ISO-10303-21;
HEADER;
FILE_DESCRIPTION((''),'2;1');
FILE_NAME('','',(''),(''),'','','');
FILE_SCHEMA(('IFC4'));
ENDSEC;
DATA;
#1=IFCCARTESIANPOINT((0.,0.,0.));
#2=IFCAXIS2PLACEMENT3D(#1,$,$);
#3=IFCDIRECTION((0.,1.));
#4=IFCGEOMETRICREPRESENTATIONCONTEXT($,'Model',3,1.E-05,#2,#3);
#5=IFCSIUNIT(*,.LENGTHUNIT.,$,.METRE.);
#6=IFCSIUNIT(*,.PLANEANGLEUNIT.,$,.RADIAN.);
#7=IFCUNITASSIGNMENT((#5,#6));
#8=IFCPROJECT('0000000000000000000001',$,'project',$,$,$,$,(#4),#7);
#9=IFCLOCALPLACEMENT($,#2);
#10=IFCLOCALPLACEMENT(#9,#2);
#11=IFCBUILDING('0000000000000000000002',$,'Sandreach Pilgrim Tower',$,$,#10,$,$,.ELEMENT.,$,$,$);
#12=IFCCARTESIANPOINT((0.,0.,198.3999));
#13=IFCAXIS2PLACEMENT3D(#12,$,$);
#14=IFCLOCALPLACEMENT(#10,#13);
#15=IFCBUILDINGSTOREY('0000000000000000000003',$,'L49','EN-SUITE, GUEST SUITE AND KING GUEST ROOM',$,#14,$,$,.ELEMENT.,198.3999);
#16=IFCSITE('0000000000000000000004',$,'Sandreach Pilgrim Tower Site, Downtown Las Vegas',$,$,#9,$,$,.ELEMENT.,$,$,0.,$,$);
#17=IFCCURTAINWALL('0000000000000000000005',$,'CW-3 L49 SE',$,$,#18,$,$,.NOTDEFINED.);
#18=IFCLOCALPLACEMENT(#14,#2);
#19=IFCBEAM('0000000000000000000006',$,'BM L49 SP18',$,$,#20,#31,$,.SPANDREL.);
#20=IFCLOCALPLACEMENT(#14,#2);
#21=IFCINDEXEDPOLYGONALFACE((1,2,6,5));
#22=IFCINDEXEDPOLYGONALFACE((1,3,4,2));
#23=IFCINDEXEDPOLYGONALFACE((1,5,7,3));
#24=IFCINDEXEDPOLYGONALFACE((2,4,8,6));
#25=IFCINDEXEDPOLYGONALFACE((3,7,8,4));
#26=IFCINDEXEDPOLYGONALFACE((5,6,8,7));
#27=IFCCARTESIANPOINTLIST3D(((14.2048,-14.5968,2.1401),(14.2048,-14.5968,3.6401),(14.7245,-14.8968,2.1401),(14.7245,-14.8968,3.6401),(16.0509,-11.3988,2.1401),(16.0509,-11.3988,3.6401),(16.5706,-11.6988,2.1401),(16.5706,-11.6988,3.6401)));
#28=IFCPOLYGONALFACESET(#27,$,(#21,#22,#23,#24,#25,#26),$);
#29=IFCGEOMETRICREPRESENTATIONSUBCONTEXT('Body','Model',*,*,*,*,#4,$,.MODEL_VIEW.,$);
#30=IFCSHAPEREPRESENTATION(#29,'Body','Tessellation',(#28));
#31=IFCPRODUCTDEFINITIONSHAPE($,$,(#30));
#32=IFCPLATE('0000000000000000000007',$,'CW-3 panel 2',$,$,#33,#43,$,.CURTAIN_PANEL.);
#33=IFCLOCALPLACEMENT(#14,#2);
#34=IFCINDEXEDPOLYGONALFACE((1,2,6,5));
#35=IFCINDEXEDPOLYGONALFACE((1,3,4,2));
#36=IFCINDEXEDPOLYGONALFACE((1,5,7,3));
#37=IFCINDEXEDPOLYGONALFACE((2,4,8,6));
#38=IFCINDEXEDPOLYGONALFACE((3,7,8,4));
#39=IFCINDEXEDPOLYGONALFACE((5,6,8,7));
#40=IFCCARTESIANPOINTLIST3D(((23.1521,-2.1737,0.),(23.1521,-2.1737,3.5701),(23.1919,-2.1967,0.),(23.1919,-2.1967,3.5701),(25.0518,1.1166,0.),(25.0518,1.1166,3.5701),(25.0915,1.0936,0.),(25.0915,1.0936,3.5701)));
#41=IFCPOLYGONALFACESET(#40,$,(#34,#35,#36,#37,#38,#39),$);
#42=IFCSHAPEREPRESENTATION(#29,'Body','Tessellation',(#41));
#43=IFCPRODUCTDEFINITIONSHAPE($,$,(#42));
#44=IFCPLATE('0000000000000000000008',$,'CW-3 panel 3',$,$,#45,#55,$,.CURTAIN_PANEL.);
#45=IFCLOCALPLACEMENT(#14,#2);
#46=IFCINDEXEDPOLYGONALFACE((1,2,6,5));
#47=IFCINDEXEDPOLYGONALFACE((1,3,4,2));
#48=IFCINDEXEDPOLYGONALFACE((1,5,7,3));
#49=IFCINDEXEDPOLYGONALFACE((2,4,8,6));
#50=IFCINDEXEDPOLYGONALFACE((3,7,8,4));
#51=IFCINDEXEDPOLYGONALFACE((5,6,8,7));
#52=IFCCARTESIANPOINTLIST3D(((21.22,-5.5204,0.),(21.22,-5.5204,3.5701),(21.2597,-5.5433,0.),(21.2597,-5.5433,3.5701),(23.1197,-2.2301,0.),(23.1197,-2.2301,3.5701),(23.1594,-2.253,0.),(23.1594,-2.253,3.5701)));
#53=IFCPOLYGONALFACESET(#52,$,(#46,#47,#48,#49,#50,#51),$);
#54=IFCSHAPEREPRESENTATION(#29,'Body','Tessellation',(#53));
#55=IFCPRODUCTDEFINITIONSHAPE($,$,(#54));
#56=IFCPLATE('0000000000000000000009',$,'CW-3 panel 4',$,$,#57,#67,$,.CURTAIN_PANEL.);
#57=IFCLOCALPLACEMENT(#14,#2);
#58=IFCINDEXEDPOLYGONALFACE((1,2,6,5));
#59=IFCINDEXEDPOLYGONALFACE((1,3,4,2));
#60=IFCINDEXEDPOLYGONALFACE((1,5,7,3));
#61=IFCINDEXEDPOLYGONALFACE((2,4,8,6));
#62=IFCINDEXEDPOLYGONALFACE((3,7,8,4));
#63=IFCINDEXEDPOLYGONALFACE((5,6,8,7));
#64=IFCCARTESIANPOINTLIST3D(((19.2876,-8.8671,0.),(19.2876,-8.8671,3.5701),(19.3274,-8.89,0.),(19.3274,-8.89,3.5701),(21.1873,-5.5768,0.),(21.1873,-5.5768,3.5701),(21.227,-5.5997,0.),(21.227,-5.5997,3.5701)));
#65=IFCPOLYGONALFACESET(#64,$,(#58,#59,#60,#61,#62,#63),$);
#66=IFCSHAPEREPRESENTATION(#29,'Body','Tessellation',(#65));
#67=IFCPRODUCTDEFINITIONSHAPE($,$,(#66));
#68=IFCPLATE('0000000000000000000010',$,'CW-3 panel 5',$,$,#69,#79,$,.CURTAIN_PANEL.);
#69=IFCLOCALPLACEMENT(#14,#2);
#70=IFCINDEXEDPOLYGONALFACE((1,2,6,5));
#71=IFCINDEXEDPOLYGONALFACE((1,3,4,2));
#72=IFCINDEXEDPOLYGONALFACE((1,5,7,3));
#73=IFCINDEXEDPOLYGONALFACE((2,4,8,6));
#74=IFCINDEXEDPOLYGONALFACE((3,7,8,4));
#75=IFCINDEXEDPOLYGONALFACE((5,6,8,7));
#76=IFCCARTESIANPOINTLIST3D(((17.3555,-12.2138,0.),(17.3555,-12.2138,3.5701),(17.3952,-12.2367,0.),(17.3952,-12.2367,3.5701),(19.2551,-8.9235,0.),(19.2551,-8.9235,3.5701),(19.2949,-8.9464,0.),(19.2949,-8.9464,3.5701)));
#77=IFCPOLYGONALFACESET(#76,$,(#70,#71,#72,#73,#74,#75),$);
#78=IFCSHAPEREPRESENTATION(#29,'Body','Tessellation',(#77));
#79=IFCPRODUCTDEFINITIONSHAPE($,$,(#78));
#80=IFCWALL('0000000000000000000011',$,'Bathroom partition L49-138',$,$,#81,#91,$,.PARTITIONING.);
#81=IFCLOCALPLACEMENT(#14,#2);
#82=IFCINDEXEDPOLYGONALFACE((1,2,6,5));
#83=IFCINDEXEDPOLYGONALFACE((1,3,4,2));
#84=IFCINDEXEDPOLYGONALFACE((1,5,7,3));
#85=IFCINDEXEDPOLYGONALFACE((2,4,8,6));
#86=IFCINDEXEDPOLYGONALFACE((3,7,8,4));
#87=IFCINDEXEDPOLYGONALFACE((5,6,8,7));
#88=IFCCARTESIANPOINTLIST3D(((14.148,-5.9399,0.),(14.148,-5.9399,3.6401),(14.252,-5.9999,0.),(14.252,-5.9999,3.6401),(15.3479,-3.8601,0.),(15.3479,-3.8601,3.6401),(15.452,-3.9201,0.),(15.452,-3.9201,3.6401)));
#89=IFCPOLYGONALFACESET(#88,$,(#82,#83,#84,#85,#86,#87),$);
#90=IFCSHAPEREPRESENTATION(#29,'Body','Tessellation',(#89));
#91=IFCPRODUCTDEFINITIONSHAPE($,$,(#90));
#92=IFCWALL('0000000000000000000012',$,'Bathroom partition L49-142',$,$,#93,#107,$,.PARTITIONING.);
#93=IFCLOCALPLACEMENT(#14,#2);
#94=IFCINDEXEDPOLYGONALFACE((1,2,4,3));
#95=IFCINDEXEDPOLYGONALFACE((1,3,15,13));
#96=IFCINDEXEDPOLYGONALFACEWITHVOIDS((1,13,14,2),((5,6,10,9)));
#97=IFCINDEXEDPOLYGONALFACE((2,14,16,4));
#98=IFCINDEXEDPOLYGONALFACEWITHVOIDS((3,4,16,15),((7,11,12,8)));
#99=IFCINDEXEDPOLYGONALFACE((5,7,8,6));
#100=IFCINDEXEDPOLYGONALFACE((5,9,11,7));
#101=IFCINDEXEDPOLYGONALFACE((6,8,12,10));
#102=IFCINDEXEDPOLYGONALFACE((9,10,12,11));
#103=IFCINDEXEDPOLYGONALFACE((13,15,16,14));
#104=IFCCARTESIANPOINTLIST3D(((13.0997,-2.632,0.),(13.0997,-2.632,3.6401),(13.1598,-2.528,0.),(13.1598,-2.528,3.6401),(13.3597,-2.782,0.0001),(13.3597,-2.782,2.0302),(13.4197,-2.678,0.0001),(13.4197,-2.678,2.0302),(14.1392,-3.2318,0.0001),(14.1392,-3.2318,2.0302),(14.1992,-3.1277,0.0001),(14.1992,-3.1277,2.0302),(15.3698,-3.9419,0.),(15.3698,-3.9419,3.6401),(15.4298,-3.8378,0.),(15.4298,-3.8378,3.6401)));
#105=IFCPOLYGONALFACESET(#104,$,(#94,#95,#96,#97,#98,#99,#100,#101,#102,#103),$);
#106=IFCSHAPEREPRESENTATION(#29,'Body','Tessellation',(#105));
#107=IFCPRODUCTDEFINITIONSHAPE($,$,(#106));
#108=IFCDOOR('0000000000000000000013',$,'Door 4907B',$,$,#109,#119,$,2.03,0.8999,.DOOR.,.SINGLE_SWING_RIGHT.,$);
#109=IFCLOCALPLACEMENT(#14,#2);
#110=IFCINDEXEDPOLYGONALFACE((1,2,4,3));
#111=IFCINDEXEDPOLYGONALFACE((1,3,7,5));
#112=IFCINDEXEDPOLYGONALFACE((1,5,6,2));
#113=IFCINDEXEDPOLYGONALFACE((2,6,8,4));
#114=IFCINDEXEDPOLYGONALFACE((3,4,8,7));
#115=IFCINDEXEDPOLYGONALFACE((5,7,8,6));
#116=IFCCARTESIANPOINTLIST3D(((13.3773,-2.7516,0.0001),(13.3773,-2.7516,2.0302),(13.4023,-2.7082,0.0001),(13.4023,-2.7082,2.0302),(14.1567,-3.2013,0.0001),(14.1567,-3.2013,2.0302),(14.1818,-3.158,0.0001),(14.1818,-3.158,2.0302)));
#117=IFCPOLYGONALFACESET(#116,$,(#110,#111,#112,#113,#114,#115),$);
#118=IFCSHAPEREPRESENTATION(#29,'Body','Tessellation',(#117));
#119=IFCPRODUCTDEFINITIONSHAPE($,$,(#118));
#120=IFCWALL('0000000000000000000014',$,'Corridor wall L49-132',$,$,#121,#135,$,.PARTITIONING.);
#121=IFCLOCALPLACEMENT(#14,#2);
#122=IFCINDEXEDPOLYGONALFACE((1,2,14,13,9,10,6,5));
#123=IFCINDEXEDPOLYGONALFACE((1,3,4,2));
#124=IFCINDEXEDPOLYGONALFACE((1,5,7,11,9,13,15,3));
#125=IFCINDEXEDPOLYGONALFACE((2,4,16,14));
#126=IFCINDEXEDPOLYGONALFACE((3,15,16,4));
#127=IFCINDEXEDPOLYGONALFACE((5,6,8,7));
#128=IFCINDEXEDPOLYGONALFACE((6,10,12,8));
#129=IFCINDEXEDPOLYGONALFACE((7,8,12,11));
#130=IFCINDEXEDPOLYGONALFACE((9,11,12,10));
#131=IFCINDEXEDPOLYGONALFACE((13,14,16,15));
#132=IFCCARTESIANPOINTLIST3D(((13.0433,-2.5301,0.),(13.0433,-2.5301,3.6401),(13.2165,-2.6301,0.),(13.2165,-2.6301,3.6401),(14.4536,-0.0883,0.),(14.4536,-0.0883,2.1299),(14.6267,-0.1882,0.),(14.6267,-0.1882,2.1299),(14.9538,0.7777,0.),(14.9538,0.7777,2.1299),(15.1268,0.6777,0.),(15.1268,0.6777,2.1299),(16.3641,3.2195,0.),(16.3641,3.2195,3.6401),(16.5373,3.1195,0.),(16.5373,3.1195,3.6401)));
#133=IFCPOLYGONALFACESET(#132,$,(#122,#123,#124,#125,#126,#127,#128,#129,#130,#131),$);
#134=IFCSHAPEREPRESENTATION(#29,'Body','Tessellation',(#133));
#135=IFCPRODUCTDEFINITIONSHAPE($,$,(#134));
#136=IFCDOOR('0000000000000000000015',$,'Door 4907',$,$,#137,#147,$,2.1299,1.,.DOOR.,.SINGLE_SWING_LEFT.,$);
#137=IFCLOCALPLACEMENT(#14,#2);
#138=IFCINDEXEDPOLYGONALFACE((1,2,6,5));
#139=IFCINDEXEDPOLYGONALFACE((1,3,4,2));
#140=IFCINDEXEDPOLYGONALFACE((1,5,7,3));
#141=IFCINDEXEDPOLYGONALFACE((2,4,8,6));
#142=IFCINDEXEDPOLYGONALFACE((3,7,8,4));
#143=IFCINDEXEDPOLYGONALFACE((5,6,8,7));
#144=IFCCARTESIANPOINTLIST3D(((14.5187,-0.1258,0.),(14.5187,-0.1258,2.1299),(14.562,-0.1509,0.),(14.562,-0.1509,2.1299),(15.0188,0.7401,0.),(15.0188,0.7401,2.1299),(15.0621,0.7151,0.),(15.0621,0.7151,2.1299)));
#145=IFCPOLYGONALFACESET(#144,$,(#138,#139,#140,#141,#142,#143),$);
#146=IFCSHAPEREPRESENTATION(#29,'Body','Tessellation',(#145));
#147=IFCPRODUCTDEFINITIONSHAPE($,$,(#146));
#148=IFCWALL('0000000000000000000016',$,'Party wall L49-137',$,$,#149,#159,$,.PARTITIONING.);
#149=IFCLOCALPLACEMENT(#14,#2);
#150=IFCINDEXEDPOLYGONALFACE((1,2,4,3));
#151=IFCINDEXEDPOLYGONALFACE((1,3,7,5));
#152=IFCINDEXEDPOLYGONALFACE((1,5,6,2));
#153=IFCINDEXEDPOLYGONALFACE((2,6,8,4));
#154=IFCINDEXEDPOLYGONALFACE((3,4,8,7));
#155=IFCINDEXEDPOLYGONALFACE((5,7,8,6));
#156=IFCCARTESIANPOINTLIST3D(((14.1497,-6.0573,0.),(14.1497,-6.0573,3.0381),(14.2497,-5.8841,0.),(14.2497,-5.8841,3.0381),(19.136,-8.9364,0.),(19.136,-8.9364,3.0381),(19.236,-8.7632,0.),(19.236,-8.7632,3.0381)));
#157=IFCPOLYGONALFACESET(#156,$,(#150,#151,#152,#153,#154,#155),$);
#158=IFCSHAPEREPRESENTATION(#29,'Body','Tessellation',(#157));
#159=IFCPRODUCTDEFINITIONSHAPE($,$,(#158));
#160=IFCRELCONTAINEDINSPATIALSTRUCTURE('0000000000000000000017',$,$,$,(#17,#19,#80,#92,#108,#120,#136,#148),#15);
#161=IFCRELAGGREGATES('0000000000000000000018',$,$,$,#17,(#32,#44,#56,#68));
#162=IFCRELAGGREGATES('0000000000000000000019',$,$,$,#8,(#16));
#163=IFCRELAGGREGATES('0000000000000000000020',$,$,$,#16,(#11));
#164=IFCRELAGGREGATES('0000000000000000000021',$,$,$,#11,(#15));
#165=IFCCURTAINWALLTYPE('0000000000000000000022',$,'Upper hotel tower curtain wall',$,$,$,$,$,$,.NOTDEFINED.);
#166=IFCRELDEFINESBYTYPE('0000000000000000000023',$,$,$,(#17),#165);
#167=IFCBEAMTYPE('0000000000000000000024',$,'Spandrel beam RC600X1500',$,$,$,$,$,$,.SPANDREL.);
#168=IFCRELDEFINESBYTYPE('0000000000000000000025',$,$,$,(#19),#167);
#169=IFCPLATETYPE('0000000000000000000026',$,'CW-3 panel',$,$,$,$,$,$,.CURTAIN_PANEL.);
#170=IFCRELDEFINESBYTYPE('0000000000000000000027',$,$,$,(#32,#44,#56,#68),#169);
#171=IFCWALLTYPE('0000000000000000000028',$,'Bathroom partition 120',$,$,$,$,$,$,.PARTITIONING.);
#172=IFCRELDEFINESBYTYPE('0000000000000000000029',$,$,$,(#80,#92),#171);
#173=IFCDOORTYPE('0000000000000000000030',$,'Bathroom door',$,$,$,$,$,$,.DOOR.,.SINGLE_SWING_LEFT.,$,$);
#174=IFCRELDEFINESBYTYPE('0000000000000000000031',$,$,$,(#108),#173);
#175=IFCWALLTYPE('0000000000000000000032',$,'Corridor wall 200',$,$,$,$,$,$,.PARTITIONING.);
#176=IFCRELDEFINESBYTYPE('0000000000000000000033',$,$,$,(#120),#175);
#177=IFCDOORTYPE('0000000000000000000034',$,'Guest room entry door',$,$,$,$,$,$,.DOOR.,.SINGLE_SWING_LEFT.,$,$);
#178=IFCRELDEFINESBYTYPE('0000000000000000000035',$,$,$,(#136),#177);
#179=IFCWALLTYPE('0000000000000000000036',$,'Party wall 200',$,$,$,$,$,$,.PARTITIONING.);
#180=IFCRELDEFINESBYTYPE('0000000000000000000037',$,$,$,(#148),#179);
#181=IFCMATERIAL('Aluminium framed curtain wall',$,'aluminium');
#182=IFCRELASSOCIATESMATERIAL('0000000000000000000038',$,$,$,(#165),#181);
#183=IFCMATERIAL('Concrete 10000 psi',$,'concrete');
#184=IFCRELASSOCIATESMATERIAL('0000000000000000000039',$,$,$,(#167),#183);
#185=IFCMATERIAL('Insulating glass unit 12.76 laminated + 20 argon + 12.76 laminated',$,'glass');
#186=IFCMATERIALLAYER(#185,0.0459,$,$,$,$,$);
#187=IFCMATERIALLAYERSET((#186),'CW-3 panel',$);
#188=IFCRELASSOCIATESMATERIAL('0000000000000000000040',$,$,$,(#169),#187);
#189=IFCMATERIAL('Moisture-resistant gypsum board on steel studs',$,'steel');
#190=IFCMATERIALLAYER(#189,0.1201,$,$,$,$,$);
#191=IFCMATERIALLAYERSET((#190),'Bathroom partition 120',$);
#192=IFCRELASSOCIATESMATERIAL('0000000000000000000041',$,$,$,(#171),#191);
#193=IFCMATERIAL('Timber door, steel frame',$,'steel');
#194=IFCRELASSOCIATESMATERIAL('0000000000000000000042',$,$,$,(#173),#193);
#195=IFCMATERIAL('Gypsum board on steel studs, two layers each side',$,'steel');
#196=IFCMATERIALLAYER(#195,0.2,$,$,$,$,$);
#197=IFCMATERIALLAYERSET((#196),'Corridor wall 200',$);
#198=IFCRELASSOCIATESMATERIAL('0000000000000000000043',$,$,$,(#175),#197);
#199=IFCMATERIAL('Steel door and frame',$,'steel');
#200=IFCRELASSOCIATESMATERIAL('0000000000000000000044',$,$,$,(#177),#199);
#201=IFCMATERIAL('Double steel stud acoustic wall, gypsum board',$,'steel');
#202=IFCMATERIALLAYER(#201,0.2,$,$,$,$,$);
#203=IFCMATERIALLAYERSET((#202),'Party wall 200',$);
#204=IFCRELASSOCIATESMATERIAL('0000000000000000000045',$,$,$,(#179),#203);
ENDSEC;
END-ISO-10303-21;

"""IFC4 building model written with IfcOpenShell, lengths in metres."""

from ifc_helpers import new_model, si_unit, direction, frame, frame_2d, origin, origin_2d, place, context, subcontext, project, spatial, rectangle, extrude, material, layer, layer_set, material_profile, profile_set, type_object, element, fill, aggregate, save


model = new_model("IFC4")

# Units and contexts
model_context = context("Model", 3, precision=1e-05, world=origin(), true_north=direction((0.0, 1.0)))
body_context = subcontext(model_context, "Body", "Model", "MODEL_VIEW")
ifc_project = project(units=[si_unit("LENGTHUNIT", "METRE"), si_unit("PLANEANGLEUNIT", "RADIAN")], contexts=[model_context])

# Site, building, storey
site_placement = place(None, origin())
site = spatial("IfcSite", under=ifc_project, at=site_placement, Name="Sandreach Pilgrim Tower Site, Downtown Las Vegas", CompositionType="ELEMENT", RefElevation=0.0)
building_placement = place(site_placement, origin())
building = spatial("IfcBuilding", under=site, at=building_placement, Name="Sandreach Pilgrim Tower", CompositionType="ELEMENT")
storey_placement = place(building_placement, frame((0.0, 0.0, 198.3999)))
storey = spatial("IfcBuildingStorey", under=building, at=storey_placement, Name="L49", Description="EN-SUITE, GUEST SUITE AND KING GUEST ROOM", CompositionType="ELEMENT", Elevation=198.3999)

# Curtain wall
ifc_material_1 = material(Name="Aluminium framed curtain wall", Category="aluminium")
curtain_wall_type = type_object("IfcCurtainWallType", Name="Upper hotel tower curtain wall", PredefinedType="NOTDEFINED", material=ifc_material_1)
curtain_wall_placement = place(storey_placement, origin())
curtain_wall = element("IfcCurtainWall", 1, at=curtain_wall_placement, inside=storey, type_object=curtain_wall_type, Name="CW-3 L49 SE", PredefinedType="NOTDEFINED")

# Beam
ifc_material_2 = material(Name="Concrete 10000 psi", Category="concrete")
ifc_material_profile_1 = material_profile(ifc_material_2, rectangle(XDim=0.6001, YDim=1.5, at=origin_2d()), Name="RC600X1500")
ifc_profile_set_1 = profile_set([ifc_material_profile_1], Name="Concrete 10000 psi")
beam_type_1 = type_object("IfcBeamType", Name="Spandrel beam RC600X1500", PredefinedType="SPANDREL", material=ifc_profile_set_1)
for number, where, z_axis, x_axis, name in (
    (2, (16.3108, -11.5488, 2.8901), (-0.499965, -0.866046, 0.0), (0.866046, -0.499965, 0.0), "BM L49 SP18"),
):
    element("IfcBeam", number, at=place(storey_placement, frame(where, z_axis=z_axis, x_axis=x_axis)), inside=storey, type_object=beam_type_1, Name=name, PredefinedType="SPANDREL", context=body_context, shape_type="SweptSolid", body=[
        extrude(rectangle(XDim=0.6001, YDim=1.5, at=origin_2d()), origin(), (0.0, 0.0, 1.0), 3.6926),
    ])

# Plates
ifc_material_3 = material(Name="Insulating glass unit 12.76 laminated + 20 argon + 12.76 laminated", Category="glass")
ifc_layer_1 = layer(ifc_material_3, 0.0459)
ifc_layer_set_1 = layer_set([ifc_layer_1], Name="CW-3 panel")
plate_type = type_object("IfcPlateType", Name="CW-3 panel", PredefinedType="CURTAIN_PANEL", material=ifc_layer_set_1)
plate_1_placement = place(storey_placement, frame((24.1218, -0.54, 0.0), z_axis=(0.0, 0.0, 1.0), x_axis=(-0.5, -0.866025, 0.0)))
plate_1 = element("IfcPlate", 3, at=plate_1_placement, type_object=plate_type, Name="CW-3 panel 2", PredefinedType="CURTAIN_PANEL", context=body_context, shape_type="SweptSolid", body=[
    extrude(rectangle(XDim=3.7993, YDim=0.0459, at=origin_2d()), origin(), (0.0, 0.0, 1.0), 3.5701),
])
plate_2_placement = place(storey_placement, frame((22.1897, -3.8867, 0.0), z_axis=(0.0, 0.0, 1.0), x_axis=(-0.5, -0.866025, 0.0)))
plate_2 = element("IfcPlate", 4, at=plate_2_placement, type_object=plate_type, Name="CW-3 panel 3", PredefinedType="CURTAIN_PANEL", context=body_context, shape_type="SweptSolid", body=[
    extrude(rectangle(XDim=3.7993, YDim=0.0459, at=origin_2d()), origin(), (0.0, 0.0, 1.0), 3.5701),
])
plate_3_placement = place(storey_placement, frame((20.2573, -7.2334, 0.0), z_axis=(0.0, 0.0, 1.0), x_axis=(-0.5, -0.866025, 0.0)))
plate_3 = element("IfcPlate", 5, at=plate_3_placement, type_object=plate_type, Name="CW-3 panel 4", PredefinedType="CURTAIN_PANEL", context=body_context, shape_type="SweptSolid", body=[
    extrude(rectangle(XDim=3.7993, YDim=0.0459, at=origin_2d()), origin(), (0.0, 0.0, 1.0), 3.5701),
])
plate_4_placement = place(storey_placement, frame((18.3252, -10.5801, 0.0), z_axis=(0.0, 0.0, 1.0), x_axis=(-0.5, -0.866025, 0.0)))
plate_4 = element("IfcPlate", 6, at=plate_4_placement, type_object=plate_type, Name="CW-3 panel 5", PredefinedType="CURTAIN_PANEL", context=body_context, shape_type="SweptSolid", body=[
    extrude(rectangle(XDim=3.7993, YDim=0.0459, at=origin_2d()), origin(), (0.0, 0.0, 1.0), 3.5701),
])
aggregate(curtain_wall, [plate_1, plate_2, plate_3, plate_4])

# Wall
ifc_material_4 = material(Name="Moisture-resistant gypsum board on steel studs", Category="steel")
ifc_layer_2 = layer(ifc_material_4, 0.1201)
ifc_layer_set_2 = layer_set([ifc_layer_2], Name="Bathroom partition 120")
wall_type_1 = type_object("IfcWallType", Name="Bathroom partition 120", PredefinedType="PARTITIONING", material=ifc_layer_set_2)
wall_1_placement = place(storey_placement, frame((14.2, -5.97, 0.0), z_axis=(0.0, 0.0, 1.0), x_axis=(0.499737, 0.866177, 0.0)))
element("IfcWall", 7, at=wall_1_placement, inside=storey, type_object=wall_type_1, Name="Bathroom partition L49-138", PredefinedType="PARTITIONING", context=body_context, shape_type="SweptSolid", body=[
    extrude(rectangle(XDim=2.4011, YDim=0.1201, at=frame_2d((1.2007, 0.0))), origin(), (0.0, 0.0, 1.0), 3.6401),
])

# Walls, openings, doors
wall_2_placement = place(storey_placement, frame((15.3999, -3.8899, 0.0), z_axis=(0.0, 0.0, 1.0), x_axis=(-0.866155, 0.499776, 0.0)))
wall_2 = element("IfcWall", 8, at=wall_2_placement, inside=storey, type_object=wall_type_1, Name="Bathroom partition L49-142", PredefinedType="PARTITIONING", context=body_context, shape_type="SweptSolid", body=[
    extrude(rectangle(XDim=2.6208, YDim=0.1201, at=frame_2d((1.3105, 0.0))), origin(), (0.0, 0.0, 1.0), 3.6401),
])
opening_1_placement = place(wall_2_placement, frame((1.4209, 0.0, 0.0)))
opening_1 = element("IfcOpeningElement", 9, at=opening_1_placement, cuts=wall_2, PredefinedType="OPENING", context=body_context, shape_type="SweptSolid", body=[
    extrude(rectangle(XDim=0.8999, YDim=2.03, at=frame_2d((0.45, 1.0151))), frame((0.0, 0.0601, 0.0), z_axis=(0.0, -1.0, 0.0), x_axis=(1.0, 0.0, 0.0)), (0.0, 0.0, 1.0), 0.1201),
])
ifc_material_5 = material(Name="Timber door, steel frame", Category="steel")
door_type_1 = type_object("IfcDoorType", Name="Bathroom door", OperationType="SINGLE_SWING_LEFT", PredefinedType="DOOR", material=ifc_material_5)
door_1_placement = place(opening_1_placement, origin())
door_1 = element("IfcDoor", 10, at=door_1_placement, inside=storey, type_object=door_type_1, Name="Door 4907B", OperationType="SINGLE_SWING_RIGHT", OverallHeight=2.03, OverallWidth=0.8999, PredefinedType="DOOR", context=body_context, shape_type="SweptSolid", body=[
    extrude(rectangle(XDim=0.8999, YDim=2.03, at=frame_2d((0.45, 1.0151))), frame((0.0, 0.0249, 0.0), z_axis=(0.0, -1.0, 0.0), x_axis=(1.0, 0.0, 0.0)), (0.0, 0.0, 1.0), 0.05),
])
fill(opening_1, door_1)
ifc_material_6 = material(Name="Gypsum board on steel studs, two layers each side", Category="steel")
ifc_layer_3 = layer(ifc_material_6, 0.2)
ifc_layer_set_3 = layer_set([ifc_layer_3], Name="Corridor wall 200")
wall_type_2 = type_object("IfcWallType", Name="Corridor wall 200", PredefinedType="PARTITIONING", material=ifc_layer_set_3)
wall_3_placement = place(storey_placement, frame((13.1299, -2.5801, 0.0), z_axis=(0.0, 0.0, 1.0), x_axis=(0.500149, 0.865939, 0.0)))
wall_3 = element("IfcWall", 11, at=wall_3_placement, inside=storey, type_object=wall_type_2, Name="Corridor wall L49-132", PredefinedType="PARTITIONING", context=body_context, shape_type="SweptSolid", body=[
    extrude(rectangle(XDim=6.6396, YDim=0.2, at=frame_2d((3.3198, 0.0))), origin(), (0.0, 0.0, 1.0), 3.6401),
])
opening_2_placement = place(wall_3_placement, frame((2.8198, 0.0, 0.0)))
opening_2 = element("IfcOpeningElement", 12, at=opening_2_placement, cuts=wall_3, PredefinedType="OPENING", context=body_context, shape_type="SweptSolid", body=[
    extrude(rectangle(XDim=1.0, YDim=2.1299, at=frame_2d((0.5, 1.0649))), frame((0.0, 0.1001, 0.0), z_axis=(0.0, -1.0, 0.0), x_axis=(1.0, 0.0, 0.0)), (0.0, 0.0, 1.0), 0.2),
])
ifc_material_7 = material(Name="Steel door and frame", Category="steel")
door_type_2 = type_object("IfcDoorType", Name="Guest room entry door", OperationType="SINGLE_SWING_LEFT", PredefinedType="DOOR", material=ifc_material_7)
door_2_placement = place(opening_2_placement, origin())
door_2 = element("IfcDoor", 13, at=door_2_placement, inside=storey, type_object=door_type_2, Name="Door 4907", OperationType="SINGLE_SWING_LEFT", OverallHeight=2.1299, OverallWidth=1.0, PredefinedType="DOOR", context=body_context, shape_type="SweptSolid", body=[
    extrude(rectangle(XDim=1.0, YDim=2.1299, at=frame_2d((0.5, 1.0649))), frame((0.0, 0.0249, 0.0), z_axis=(0.0, -1.0, 0.0), x_axis=(1.0, 0.0, 0.0)), (0.0, 0.0, 1.0), 0.05),
])
fill(opening_2, door_2)

# Wall
ifc_material_8 = material(Name="Double steel stud acoustic wall, gypsum board", Category="steel")
ifc_layer_4 = layer(ifc_material_8, 0.2)
ifc_layer_set_4 = layer_set([ifc_layer_4], Name="Party wall 200")
wall_type_3 = type_object("IfcWallType", Name="Party wall 200", PredefinedType="PARTITIONING", material=ifc_layer_set_4)
wall_4_placement = place(storey_placement, frame((14.1997, -5.9707, 0.0), z_axis=(0.0, 0.0, 1.0), x_axis=(0.866003, -0.500038, 0.0)))
element("IfcWall", 14, at=wall_4_placement, inside=storey, type_object=wall_type_3, Name="Party wall L49-137", PredefinedType="PARTITIONING", context=body_context, shape_type="SweptSolid", body=[
    extrude(rectangle(XDim=5.7578, YDim=0.2, at=frame_2d((2.8789, 0.0))), origin(), (0.0, 0.0, 1.0), 3.0381),
])

save(model, "model.ifc")
